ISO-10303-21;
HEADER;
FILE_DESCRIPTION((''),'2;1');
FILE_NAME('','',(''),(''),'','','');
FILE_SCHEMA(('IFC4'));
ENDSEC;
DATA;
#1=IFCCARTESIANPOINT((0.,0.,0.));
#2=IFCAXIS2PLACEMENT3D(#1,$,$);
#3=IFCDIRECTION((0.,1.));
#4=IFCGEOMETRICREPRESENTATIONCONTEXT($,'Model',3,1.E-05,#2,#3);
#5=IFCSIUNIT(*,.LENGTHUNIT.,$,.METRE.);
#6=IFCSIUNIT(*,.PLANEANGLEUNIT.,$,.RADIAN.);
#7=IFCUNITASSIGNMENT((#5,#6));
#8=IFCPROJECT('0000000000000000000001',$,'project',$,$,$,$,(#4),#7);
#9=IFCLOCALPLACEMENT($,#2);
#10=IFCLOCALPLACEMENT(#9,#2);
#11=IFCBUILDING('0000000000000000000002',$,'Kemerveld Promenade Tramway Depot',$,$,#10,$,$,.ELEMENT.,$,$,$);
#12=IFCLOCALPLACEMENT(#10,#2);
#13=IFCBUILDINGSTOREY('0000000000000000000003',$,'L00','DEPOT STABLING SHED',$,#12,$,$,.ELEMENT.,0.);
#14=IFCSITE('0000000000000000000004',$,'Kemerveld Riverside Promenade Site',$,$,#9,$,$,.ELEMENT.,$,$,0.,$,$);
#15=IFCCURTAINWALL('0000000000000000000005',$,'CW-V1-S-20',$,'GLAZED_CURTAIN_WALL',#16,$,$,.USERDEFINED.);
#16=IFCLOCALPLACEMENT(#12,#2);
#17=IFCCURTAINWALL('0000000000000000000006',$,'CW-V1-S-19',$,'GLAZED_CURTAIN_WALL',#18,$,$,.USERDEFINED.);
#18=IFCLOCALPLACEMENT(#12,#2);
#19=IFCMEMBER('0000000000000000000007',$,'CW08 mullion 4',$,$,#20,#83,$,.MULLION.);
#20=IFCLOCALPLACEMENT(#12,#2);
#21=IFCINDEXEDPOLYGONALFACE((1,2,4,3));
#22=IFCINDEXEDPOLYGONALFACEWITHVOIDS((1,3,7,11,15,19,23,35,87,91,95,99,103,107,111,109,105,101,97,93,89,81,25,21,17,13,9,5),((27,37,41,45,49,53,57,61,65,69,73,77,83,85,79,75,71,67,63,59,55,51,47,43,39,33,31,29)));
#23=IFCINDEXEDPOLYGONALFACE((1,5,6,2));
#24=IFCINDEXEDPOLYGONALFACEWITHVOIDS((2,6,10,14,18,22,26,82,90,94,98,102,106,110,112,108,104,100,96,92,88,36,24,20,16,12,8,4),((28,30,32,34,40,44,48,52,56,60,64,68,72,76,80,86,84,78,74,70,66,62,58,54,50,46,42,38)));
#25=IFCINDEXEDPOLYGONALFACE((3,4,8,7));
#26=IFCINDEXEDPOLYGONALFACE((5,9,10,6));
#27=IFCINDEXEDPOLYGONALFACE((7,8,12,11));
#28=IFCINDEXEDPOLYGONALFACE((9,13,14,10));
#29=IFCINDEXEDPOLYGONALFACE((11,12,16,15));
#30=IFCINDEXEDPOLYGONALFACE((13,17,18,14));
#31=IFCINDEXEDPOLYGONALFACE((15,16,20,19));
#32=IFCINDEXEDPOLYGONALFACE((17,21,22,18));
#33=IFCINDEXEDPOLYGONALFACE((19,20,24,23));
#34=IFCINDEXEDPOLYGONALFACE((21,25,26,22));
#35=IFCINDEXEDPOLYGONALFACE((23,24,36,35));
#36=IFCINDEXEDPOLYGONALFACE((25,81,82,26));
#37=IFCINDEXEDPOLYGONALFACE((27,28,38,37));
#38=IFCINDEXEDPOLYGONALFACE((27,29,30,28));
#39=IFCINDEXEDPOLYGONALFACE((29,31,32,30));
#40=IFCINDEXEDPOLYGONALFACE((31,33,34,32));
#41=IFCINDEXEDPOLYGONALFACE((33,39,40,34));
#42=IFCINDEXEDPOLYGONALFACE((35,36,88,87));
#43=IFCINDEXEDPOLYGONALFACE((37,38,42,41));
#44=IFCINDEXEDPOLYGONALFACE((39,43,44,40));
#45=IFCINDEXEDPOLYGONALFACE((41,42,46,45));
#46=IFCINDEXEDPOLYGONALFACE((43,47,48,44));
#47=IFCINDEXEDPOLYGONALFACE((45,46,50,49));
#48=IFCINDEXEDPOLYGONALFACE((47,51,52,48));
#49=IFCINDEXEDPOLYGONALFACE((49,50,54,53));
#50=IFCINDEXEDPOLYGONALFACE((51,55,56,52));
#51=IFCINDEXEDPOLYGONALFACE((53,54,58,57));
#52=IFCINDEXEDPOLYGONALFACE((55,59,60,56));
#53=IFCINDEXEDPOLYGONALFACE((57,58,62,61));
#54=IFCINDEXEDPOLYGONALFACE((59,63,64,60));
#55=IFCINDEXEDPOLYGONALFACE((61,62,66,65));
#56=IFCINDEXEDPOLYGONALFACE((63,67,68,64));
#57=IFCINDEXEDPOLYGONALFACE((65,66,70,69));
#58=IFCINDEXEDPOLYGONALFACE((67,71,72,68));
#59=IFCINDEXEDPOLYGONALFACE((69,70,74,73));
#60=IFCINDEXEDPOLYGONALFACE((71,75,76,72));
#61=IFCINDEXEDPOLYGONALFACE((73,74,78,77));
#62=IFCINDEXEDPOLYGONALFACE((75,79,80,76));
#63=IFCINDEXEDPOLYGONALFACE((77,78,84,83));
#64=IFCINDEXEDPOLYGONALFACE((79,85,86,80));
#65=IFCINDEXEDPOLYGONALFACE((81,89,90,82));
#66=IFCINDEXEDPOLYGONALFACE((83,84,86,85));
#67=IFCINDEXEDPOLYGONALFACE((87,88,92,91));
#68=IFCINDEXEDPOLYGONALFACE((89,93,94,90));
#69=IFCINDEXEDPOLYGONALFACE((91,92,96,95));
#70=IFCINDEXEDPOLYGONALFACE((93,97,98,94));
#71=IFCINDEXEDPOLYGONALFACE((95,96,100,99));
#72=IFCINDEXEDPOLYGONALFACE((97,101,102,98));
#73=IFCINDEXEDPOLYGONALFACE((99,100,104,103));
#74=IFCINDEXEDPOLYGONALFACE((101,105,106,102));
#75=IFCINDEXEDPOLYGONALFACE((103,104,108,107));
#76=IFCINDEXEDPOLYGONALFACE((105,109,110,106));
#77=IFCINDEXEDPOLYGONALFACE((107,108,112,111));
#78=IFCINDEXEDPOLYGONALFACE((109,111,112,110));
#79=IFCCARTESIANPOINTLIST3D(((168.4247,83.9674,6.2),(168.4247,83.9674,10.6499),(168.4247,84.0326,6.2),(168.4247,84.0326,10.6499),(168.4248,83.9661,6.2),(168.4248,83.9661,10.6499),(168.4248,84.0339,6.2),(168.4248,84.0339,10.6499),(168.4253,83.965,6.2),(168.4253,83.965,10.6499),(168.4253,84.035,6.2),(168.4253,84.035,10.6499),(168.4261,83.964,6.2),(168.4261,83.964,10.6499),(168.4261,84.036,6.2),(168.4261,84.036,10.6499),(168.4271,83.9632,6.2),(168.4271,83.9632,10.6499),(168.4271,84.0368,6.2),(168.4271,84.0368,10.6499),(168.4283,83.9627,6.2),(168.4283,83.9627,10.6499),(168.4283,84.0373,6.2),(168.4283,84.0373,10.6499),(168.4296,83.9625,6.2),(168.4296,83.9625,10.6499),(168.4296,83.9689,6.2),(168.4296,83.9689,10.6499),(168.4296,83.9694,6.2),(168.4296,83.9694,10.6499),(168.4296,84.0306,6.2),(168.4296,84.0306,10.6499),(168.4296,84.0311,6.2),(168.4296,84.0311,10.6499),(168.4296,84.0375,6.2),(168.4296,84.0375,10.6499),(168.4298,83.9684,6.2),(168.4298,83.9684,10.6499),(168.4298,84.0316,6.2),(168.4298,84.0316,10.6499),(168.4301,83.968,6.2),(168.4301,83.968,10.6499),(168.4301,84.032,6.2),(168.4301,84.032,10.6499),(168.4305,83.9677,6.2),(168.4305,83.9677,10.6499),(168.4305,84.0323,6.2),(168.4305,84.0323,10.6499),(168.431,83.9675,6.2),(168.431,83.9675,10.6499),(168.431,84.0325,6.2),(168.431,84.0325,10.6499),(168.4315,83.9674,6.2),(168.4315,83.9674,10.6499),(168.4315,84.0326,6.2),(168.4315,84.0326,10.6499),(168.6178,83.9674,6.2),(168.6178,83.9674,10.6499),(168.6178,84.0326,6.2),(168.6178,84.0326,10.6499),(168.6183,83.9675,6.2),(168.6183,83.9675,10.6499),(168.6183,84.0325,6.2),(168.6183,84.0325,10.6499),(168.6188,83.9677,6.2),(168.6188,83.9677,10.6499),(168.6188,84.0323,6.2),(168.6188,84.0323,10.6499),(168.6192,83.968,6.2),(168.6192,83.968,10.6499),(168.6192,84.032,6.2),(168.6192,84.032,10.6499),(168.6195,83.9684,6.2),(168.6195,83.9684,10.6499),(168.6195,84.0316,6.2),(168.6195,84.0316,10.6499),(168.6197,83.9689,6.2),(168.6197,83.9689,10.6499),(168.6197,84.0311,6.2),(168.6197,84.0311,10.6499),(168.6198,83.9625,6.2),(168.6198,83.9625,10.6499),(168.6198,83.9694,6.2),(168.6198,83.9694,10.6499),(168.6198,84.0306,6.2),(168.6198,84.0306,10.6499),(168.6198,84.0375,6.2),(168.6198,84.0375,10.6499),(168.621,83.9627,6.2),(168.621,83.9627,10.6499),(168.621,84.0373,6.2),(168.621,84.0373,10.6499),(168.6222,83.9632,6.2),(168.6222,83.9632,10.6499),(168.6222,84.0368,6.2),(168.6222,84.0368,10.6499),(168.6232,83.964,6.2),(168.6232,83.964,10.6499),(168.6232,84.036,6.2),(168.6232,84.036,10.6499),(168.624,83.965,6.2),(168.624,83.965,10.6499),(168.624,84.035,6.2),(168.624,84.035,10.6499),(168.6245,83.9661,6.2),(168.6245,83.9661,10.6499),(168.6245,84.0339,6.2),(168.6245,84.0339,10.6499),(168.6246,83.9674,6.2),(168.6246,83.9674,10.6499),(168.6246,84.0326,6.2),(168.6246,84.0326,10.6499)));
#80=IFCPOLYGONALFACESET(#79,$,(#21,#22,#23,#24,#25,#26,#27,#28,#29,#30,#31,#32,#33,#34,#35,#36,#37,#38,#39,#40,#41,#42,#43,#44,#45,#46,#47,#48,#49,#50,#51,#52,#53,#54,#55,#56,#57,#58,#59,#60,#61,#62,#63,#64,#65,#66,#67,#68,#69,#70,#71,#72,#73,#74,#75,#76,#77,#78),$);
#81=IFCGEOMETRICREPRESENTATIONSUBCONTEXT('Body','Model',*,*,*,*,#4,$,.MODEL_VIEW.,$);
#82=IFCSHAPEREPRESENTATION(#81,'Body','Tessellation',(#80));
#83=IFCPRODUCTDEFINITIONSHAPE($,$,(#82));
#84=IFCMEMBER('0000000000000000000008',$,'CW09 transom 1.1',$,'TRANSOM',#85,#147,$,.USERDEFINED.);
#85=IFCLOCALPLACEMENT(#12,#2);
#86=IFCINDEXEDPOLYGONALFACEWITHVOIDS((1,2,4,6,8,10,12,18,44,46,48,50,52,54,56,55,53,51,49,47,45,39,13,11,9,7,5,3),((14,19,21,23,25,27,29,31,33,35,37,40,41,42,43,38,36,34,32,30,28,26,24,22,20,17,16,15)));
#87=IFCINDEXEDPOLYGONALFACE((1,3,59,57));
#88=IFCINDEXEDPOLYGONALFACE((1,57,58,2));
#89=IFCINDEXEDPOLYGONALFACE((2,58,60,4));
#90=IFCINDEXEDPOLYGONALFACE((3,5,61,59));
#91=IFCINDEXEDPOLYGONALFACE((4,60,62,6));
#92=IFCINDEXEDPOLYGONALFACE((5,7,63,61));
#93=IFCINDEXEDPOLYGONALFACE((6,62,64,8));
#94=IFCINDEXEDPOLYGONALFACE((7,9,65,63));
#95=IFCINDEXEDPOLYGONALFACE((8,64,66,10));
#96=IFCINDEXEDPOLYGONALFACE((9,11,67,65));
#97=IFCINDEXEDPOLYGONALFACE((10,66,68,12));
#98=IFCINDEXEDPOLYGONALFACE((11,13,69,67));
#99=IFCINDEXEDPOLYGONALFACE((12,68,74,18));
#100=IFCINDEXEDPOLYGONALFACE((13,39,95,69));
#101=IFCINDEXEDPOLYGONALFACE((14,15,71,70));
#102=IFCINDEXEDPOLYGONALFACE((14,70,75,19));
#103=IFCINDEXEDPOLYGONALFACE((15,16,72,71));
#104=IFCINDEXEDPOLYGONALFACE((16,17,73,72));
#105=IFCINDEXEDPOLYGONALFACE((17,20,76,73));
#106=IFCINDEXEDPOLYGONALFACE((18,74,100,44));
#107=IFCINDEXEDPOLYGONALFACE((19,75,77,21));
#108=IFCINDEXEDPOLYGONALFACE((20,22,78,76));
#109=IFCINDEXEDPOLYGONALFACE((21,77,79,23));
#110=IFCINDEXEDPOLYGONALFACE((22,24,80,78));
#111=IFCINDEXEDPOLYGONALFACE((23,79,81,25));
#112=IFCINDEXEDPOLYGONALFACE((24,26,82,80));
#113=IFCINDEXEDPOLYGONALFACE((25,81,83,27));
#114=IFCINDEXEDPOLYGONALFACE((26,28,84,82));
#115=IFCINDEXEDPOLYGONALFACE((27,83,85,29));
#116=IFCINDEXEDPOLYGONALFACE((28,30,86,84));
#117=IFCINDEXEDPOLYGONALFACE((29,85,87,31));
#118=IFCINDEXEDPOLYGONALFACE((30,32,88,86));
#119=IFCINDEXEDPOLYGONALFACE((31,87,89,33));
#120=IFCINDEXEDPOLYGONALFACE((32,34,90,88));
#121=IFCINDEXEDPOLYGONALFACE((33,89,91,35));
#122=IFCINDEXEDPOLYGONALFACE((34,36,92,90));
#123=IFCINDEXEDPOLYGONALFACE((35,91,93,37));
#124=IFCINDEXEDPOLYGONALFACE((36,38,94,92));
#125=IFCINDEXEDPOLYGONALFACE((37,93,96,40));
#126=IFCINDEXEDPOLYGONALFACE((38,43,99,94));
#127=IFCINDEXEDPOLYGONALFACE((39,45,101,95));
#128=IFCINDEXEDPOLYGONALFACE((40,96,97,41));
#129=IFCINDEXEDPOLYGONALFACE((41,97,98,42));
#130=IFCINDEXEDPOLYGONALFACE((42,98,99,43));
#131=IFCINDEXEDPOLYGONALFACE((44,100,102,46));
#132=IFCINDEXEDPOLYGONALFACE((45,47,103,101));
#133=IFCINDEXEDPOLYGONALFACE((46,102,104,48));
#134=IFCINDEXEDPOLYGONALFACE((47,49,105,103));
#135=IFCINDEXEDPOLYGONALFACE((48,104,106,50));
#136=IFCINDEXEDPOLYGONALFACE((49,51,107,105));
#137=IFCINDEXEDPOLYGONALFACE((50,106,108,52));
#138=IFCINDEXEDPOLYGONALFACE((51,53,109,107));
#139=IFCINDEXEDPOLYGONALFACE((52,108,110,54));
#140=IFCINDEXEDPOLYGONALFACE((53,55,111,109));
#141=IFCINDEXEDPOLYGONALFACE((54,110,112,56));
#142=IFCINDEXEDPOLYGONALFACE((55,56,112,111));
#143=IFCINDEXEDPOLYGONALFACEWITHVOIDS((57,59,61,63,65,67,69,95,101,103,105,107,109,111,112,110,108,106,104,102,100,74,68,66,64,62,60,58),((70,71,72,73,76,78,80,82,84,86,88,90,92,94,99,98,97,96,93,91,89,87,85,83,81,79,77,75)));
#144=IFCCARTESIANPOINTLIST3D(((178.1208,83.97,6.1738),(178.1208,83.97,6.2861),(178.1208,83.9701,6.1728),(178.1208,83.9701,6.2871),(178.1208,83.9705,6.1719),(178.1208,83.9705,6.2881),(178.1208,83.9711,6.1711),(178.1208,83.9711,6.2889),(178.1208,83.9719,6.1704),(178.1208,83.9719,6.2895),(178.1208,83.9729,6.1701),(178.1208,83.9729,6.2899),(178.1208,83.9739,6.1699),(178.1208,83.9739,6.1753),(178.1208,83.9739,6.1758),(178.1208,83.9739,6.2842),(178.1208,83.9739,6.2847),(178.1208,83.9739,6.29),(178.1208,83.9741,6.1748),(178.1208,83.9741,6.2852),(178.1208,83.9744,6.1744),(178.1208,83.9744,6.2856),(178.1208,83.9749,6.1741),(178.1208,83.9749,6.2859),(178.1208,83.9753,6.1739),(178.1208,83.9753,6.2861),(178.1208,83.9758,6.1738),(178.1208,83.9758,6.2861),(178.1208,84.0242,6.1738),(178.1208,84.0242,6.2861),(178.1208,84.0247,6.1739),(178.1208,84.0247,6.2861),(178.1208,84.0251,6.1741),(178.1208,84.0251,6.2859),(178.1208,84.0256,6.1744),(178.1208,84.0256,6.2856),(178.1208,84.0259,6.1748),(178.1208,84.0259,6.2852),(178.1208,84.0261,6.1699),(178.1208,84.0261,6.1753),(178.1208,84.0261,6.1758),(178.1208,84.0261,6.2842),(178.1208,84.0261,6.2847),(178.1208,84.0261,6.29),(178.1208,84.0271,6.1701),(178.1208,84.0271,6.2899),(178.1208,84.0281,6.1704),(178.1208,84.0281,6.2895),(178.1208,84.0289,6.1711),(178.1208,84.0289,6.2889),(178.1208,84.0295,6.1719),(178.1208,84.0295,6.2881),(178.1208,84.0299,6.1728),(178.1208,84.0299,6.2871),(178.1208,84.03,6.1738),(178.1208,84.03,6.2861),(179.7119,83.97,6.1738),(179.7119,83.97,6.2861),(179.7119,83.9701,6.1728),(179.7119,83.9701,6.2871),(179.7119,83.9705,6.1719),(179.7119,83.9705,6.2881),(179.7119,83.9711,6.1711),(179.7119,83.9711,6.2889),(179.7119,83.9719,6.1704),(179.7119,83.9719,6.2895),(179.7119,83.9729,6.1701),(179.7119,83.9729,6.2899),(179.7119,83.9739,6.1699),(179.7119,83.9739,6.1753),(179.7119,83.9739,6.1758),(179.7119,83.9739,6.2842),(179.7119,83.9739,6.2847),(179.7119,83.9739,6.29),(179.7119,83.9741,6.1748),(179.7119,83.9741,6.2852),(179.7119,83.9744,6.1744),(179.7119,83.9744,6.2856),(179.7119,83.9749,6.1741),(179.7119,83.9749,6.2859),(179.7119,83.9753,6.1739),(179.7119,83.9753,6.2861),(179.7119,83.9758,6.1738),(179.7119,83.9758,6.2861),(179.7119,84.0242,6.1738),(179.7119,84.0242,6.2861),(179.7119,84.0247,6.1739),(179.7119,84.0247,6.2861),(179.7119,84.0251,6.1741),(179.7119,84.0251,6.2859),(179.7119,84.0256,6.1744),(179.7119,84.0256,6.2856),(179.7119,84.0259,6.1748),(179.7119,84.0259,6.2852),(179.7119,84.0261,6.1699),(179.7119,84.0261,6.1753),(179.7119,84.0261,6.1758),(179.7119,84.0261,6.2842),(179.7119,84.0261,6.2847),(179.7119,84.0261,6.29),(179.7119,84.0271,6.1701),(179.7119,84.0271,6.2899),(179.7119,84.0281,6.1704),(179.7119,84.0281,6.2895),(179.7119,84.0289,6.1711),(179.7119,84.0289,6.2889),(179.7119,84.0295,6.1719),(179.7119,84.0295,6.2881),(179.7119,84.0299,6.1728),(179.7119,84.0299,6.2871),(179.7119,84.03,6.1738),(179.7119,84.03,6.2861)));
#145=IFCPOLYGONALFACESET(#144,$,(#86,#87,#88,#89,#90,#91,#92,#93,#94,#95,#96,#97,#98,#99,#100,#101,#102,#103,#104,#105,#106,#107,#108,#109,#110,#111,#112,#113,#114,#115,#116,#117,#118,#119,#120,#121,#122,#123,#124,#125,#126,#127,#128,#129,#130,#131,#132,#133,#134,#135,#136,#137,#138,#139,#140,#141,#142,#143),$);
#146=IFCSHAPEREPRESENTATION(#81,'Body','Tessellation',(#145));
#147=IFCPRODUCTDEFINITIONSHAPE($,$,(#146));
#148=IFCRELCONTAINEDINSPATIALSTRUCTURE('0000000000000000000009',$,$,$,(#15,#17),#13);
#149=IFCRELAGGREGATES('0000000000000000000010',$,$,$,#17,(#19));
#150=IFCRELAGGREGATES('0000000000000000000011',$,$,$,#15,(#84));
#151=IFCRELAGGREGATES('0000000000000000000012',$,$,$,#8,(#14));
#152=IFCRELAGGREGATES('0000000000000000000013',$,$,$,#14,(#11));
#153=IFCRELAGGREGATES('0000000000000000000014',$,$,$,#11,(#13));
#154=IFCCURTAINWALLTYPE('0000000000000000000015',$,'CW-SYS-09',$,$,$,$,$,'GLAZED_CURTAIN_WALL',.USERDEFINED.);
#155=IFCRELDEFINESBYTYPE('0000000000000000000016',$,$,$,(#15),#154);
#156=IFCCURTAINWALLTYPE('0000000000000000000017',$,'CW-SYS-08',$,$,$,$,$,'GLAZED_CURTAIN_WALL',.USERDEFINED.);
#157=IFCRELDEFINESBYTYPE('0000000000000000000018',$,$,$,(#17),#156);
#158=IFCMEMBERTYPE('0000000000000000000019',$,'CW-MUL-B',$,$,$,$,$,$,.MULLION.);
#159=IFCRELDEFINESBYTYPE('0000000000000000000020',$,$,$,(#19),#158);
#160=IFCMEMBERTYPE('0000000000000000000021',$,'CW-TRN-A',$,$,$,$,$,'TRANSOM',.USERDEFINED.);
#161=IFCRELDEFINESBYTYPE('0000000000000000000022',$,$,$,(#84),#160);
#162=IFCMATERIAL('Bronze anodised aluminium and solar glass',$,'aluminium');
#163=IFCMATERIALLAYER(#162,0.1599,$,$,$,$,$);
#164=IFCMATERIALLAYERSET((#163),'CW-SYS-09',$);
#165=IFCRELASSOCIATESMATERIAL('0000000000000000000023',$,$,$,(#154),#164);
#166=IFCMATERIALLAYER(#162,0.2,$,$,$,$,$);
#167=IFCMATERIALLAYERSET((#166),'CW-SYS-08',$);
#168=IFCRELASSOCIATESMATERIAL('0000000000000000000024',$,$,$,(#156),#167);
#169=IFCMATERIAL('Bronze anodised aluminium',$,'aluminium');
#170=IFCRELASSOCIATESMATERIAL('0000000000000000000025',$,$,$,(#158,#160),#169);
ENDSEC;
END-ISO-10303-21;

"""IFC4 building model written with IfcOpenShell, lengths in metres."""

from ifc_helpers import new_model, si_unit, direction, frame, origin, origin_2d, place, context, subcontext, project, spatial, hollow_rectangle, extrude, material, layer, layer_set, material_profile, profile_set, type_object, element, aggregate, save


model = new_model("IFC4")

# Units and contexts
model_context = context("Model", 3, precision=1e-05, world=origin(), true_north=direction((0.0, 1.0)))
body_context = subcontext(model_context, "Body", "Model", "MODEL_VIEW")
ifc_project = project(units=[si_unit("LENGTHUNIT", "METRE"), si_unit("PLANEANGLEUNIT", "RADIAN")], contexts=[model_context])

# Site, building, storey
site_placement = place(None, origin())
site = spatial("IfcSite", under=ifc_project, at=site_placement, Name="Kemerveld Riverside Promenade Site", CompositionType="ELEMENT", RefElevation=0.0)
building_placement = place(site_placement, origin())
building = spatial("IfcBuilding", under=site, at=building_placement, Name="Kemerveld Promenade Tramway Depot", CompositionType="ELEMENT")
storey_placement = place(building_placement, origin())
storey = spatial("IfcBuildingStorey", under=building, at=storey_placement, Name="L00", Description="DEPOT STABLING SHED", CompositionType="ELEMENT", Elevation=0.0)

# Curtain walls, member
ifc_material_1 = material(Name="Bronze anodised aluminium and solar glass", Category="aluminium")
ifc_layer_1 = layer(ifc_material_1, 0.1599)
ifc_layer_set_1 = layer_set([ifc_layer_1], Name="CW-SYS-09")
curtain_wall_type_1 = type_object("IfcCurtainWallType", Name="CW-SYS-09", ElementType="GLAZED_CURTAIN_WALL", PredefinedType="USERDEFINED", material=ifc_layer_set_1)
curtain_wall_1_placement = place(storey_placement, origin())
curtain_wall_1 = element("IfcCurtainWall", 1, at=curtain_wall_1_placement, inside=storey, type_object=curtain_wall_type_1, Name="CW-V1-S-20", ObjectType="GLAZED_CURTAIN_WALL", PredefinedType="USERDEFINED")
ifc_material_2 = material(Name="Bronze anodised aluminium", Category="aluminium")
ifc_layer_2 = layer(ifc_material_1, 0.2)
ifc_layer_set_2 = layer_set([ifc_layer_2], Name="CW-SYS-08")
curtain_wall_type_2 = type_object("IfcCurtainWallType", Name="CW-SYS-08", ElementType="GLAZED_CURTAIN_WALL", PredefinedType="USERDEFINED", material=ifc_layer_set_2)
curtain_wall_2_placement = place(storey_placement, origin())
curtain_wall_2 = element("IfcCurtainWall", 2, at=curtain_wall_2_placement, inside=storey, type_object=curtain_wall_type_2, Name="CW-V1-S-19", ObjectType="GLAZED_CURTAIN_WALL", PredefinedType="USERDEFINED")
ifc_material_profile_1 = material_profile(ifc_material_2, hollow_rectangle(XDim=0.075, YDim=0.2, WallThickness=0.0049, InnerFilletRadius=0.002, OuterFilletRadius=0.0049, at=origin_2d()), Name="CW-MUL-200x75")
ifc_profile_set_1 = profile_set([ifc_material_profile_1], Name="Bronze anodised aluminium")
member_type_1 = type_object("IfcMemberType", Name="CW-MUL-B", PredefinedType="MULLION", material=ifc_profile_set_1)
member_1_placement = place(storey_placement, frame((168.5247, 84.0, 6.2), z_axis=(0.0, 0.0, 1.0), x_axis=(0.0, -1.0, 0.0)))
member_1 = element("IfcMember", 3, at=member_1_placement, type_object=member_type_1, Name="CW08 mullion 4", PredefinedType="MULLION", context=body_context, shape_type="SweptSolid", body=[
    extrude(hollow_rectangle(XDim=0.075, YDim=0.2, WallThickness=0.0049, InnerFilletRadius=0.002, OuterFilletRadius=0.0049, at=origin_2d()), origin(), (0.0, 0.0, 1.0), 4.45),
])

# Member
ifc_material_profile_2 = material_profile(ifc_material_2, hollow_rectangle(XDim=0.0601, YDim=0.1201, WallThickness=0.0039, InnerFilletRadius=0.002, OuterFilletRadius=0.0039, at=origin_2d()), Name="CW-TRN-120x60")
ifc_profile_set_2 = profile_set([ifc_material_profile_2], Name="Bronze anodised aluminium")
member_type_2 = type_object("IfcMemberType", Name="CW-TRN-A", ElementType="TRANSOM", PredefinedType="USERDEFINED", material=ifc_profile_set_2)
member_2_placement = place(storey_placement, frame((179.7119, 84.0, 6.23), z_axis=(-1.0, 0.0, 0.0), x_axis=(0.0, -1.0, 0.0)))
member_2 = element("IfcMember", 4, at=member_2_placement, type_object=member_type_2, Name="CW09 transom 1.1", ObjectType="TRANSOM", PredefinedType="USERDEFINED", context=body_context, shape_type="SweptSolid", body=[
    extrude(hollow_rectangle(XDim=0.0601, YDim=0.1201, WallThickness=0.0039, InnerFilletRadius=0.002, OuterFilletRadius=0.0039, at=origin_2d()), origin(), (0.0, 0.0, 1.0), 1.5911),
])

aggregate(curtain_wall_2, [member_1])
aggregate(curtain_wall_1, [member_2])

save(model, "model.ifc")
